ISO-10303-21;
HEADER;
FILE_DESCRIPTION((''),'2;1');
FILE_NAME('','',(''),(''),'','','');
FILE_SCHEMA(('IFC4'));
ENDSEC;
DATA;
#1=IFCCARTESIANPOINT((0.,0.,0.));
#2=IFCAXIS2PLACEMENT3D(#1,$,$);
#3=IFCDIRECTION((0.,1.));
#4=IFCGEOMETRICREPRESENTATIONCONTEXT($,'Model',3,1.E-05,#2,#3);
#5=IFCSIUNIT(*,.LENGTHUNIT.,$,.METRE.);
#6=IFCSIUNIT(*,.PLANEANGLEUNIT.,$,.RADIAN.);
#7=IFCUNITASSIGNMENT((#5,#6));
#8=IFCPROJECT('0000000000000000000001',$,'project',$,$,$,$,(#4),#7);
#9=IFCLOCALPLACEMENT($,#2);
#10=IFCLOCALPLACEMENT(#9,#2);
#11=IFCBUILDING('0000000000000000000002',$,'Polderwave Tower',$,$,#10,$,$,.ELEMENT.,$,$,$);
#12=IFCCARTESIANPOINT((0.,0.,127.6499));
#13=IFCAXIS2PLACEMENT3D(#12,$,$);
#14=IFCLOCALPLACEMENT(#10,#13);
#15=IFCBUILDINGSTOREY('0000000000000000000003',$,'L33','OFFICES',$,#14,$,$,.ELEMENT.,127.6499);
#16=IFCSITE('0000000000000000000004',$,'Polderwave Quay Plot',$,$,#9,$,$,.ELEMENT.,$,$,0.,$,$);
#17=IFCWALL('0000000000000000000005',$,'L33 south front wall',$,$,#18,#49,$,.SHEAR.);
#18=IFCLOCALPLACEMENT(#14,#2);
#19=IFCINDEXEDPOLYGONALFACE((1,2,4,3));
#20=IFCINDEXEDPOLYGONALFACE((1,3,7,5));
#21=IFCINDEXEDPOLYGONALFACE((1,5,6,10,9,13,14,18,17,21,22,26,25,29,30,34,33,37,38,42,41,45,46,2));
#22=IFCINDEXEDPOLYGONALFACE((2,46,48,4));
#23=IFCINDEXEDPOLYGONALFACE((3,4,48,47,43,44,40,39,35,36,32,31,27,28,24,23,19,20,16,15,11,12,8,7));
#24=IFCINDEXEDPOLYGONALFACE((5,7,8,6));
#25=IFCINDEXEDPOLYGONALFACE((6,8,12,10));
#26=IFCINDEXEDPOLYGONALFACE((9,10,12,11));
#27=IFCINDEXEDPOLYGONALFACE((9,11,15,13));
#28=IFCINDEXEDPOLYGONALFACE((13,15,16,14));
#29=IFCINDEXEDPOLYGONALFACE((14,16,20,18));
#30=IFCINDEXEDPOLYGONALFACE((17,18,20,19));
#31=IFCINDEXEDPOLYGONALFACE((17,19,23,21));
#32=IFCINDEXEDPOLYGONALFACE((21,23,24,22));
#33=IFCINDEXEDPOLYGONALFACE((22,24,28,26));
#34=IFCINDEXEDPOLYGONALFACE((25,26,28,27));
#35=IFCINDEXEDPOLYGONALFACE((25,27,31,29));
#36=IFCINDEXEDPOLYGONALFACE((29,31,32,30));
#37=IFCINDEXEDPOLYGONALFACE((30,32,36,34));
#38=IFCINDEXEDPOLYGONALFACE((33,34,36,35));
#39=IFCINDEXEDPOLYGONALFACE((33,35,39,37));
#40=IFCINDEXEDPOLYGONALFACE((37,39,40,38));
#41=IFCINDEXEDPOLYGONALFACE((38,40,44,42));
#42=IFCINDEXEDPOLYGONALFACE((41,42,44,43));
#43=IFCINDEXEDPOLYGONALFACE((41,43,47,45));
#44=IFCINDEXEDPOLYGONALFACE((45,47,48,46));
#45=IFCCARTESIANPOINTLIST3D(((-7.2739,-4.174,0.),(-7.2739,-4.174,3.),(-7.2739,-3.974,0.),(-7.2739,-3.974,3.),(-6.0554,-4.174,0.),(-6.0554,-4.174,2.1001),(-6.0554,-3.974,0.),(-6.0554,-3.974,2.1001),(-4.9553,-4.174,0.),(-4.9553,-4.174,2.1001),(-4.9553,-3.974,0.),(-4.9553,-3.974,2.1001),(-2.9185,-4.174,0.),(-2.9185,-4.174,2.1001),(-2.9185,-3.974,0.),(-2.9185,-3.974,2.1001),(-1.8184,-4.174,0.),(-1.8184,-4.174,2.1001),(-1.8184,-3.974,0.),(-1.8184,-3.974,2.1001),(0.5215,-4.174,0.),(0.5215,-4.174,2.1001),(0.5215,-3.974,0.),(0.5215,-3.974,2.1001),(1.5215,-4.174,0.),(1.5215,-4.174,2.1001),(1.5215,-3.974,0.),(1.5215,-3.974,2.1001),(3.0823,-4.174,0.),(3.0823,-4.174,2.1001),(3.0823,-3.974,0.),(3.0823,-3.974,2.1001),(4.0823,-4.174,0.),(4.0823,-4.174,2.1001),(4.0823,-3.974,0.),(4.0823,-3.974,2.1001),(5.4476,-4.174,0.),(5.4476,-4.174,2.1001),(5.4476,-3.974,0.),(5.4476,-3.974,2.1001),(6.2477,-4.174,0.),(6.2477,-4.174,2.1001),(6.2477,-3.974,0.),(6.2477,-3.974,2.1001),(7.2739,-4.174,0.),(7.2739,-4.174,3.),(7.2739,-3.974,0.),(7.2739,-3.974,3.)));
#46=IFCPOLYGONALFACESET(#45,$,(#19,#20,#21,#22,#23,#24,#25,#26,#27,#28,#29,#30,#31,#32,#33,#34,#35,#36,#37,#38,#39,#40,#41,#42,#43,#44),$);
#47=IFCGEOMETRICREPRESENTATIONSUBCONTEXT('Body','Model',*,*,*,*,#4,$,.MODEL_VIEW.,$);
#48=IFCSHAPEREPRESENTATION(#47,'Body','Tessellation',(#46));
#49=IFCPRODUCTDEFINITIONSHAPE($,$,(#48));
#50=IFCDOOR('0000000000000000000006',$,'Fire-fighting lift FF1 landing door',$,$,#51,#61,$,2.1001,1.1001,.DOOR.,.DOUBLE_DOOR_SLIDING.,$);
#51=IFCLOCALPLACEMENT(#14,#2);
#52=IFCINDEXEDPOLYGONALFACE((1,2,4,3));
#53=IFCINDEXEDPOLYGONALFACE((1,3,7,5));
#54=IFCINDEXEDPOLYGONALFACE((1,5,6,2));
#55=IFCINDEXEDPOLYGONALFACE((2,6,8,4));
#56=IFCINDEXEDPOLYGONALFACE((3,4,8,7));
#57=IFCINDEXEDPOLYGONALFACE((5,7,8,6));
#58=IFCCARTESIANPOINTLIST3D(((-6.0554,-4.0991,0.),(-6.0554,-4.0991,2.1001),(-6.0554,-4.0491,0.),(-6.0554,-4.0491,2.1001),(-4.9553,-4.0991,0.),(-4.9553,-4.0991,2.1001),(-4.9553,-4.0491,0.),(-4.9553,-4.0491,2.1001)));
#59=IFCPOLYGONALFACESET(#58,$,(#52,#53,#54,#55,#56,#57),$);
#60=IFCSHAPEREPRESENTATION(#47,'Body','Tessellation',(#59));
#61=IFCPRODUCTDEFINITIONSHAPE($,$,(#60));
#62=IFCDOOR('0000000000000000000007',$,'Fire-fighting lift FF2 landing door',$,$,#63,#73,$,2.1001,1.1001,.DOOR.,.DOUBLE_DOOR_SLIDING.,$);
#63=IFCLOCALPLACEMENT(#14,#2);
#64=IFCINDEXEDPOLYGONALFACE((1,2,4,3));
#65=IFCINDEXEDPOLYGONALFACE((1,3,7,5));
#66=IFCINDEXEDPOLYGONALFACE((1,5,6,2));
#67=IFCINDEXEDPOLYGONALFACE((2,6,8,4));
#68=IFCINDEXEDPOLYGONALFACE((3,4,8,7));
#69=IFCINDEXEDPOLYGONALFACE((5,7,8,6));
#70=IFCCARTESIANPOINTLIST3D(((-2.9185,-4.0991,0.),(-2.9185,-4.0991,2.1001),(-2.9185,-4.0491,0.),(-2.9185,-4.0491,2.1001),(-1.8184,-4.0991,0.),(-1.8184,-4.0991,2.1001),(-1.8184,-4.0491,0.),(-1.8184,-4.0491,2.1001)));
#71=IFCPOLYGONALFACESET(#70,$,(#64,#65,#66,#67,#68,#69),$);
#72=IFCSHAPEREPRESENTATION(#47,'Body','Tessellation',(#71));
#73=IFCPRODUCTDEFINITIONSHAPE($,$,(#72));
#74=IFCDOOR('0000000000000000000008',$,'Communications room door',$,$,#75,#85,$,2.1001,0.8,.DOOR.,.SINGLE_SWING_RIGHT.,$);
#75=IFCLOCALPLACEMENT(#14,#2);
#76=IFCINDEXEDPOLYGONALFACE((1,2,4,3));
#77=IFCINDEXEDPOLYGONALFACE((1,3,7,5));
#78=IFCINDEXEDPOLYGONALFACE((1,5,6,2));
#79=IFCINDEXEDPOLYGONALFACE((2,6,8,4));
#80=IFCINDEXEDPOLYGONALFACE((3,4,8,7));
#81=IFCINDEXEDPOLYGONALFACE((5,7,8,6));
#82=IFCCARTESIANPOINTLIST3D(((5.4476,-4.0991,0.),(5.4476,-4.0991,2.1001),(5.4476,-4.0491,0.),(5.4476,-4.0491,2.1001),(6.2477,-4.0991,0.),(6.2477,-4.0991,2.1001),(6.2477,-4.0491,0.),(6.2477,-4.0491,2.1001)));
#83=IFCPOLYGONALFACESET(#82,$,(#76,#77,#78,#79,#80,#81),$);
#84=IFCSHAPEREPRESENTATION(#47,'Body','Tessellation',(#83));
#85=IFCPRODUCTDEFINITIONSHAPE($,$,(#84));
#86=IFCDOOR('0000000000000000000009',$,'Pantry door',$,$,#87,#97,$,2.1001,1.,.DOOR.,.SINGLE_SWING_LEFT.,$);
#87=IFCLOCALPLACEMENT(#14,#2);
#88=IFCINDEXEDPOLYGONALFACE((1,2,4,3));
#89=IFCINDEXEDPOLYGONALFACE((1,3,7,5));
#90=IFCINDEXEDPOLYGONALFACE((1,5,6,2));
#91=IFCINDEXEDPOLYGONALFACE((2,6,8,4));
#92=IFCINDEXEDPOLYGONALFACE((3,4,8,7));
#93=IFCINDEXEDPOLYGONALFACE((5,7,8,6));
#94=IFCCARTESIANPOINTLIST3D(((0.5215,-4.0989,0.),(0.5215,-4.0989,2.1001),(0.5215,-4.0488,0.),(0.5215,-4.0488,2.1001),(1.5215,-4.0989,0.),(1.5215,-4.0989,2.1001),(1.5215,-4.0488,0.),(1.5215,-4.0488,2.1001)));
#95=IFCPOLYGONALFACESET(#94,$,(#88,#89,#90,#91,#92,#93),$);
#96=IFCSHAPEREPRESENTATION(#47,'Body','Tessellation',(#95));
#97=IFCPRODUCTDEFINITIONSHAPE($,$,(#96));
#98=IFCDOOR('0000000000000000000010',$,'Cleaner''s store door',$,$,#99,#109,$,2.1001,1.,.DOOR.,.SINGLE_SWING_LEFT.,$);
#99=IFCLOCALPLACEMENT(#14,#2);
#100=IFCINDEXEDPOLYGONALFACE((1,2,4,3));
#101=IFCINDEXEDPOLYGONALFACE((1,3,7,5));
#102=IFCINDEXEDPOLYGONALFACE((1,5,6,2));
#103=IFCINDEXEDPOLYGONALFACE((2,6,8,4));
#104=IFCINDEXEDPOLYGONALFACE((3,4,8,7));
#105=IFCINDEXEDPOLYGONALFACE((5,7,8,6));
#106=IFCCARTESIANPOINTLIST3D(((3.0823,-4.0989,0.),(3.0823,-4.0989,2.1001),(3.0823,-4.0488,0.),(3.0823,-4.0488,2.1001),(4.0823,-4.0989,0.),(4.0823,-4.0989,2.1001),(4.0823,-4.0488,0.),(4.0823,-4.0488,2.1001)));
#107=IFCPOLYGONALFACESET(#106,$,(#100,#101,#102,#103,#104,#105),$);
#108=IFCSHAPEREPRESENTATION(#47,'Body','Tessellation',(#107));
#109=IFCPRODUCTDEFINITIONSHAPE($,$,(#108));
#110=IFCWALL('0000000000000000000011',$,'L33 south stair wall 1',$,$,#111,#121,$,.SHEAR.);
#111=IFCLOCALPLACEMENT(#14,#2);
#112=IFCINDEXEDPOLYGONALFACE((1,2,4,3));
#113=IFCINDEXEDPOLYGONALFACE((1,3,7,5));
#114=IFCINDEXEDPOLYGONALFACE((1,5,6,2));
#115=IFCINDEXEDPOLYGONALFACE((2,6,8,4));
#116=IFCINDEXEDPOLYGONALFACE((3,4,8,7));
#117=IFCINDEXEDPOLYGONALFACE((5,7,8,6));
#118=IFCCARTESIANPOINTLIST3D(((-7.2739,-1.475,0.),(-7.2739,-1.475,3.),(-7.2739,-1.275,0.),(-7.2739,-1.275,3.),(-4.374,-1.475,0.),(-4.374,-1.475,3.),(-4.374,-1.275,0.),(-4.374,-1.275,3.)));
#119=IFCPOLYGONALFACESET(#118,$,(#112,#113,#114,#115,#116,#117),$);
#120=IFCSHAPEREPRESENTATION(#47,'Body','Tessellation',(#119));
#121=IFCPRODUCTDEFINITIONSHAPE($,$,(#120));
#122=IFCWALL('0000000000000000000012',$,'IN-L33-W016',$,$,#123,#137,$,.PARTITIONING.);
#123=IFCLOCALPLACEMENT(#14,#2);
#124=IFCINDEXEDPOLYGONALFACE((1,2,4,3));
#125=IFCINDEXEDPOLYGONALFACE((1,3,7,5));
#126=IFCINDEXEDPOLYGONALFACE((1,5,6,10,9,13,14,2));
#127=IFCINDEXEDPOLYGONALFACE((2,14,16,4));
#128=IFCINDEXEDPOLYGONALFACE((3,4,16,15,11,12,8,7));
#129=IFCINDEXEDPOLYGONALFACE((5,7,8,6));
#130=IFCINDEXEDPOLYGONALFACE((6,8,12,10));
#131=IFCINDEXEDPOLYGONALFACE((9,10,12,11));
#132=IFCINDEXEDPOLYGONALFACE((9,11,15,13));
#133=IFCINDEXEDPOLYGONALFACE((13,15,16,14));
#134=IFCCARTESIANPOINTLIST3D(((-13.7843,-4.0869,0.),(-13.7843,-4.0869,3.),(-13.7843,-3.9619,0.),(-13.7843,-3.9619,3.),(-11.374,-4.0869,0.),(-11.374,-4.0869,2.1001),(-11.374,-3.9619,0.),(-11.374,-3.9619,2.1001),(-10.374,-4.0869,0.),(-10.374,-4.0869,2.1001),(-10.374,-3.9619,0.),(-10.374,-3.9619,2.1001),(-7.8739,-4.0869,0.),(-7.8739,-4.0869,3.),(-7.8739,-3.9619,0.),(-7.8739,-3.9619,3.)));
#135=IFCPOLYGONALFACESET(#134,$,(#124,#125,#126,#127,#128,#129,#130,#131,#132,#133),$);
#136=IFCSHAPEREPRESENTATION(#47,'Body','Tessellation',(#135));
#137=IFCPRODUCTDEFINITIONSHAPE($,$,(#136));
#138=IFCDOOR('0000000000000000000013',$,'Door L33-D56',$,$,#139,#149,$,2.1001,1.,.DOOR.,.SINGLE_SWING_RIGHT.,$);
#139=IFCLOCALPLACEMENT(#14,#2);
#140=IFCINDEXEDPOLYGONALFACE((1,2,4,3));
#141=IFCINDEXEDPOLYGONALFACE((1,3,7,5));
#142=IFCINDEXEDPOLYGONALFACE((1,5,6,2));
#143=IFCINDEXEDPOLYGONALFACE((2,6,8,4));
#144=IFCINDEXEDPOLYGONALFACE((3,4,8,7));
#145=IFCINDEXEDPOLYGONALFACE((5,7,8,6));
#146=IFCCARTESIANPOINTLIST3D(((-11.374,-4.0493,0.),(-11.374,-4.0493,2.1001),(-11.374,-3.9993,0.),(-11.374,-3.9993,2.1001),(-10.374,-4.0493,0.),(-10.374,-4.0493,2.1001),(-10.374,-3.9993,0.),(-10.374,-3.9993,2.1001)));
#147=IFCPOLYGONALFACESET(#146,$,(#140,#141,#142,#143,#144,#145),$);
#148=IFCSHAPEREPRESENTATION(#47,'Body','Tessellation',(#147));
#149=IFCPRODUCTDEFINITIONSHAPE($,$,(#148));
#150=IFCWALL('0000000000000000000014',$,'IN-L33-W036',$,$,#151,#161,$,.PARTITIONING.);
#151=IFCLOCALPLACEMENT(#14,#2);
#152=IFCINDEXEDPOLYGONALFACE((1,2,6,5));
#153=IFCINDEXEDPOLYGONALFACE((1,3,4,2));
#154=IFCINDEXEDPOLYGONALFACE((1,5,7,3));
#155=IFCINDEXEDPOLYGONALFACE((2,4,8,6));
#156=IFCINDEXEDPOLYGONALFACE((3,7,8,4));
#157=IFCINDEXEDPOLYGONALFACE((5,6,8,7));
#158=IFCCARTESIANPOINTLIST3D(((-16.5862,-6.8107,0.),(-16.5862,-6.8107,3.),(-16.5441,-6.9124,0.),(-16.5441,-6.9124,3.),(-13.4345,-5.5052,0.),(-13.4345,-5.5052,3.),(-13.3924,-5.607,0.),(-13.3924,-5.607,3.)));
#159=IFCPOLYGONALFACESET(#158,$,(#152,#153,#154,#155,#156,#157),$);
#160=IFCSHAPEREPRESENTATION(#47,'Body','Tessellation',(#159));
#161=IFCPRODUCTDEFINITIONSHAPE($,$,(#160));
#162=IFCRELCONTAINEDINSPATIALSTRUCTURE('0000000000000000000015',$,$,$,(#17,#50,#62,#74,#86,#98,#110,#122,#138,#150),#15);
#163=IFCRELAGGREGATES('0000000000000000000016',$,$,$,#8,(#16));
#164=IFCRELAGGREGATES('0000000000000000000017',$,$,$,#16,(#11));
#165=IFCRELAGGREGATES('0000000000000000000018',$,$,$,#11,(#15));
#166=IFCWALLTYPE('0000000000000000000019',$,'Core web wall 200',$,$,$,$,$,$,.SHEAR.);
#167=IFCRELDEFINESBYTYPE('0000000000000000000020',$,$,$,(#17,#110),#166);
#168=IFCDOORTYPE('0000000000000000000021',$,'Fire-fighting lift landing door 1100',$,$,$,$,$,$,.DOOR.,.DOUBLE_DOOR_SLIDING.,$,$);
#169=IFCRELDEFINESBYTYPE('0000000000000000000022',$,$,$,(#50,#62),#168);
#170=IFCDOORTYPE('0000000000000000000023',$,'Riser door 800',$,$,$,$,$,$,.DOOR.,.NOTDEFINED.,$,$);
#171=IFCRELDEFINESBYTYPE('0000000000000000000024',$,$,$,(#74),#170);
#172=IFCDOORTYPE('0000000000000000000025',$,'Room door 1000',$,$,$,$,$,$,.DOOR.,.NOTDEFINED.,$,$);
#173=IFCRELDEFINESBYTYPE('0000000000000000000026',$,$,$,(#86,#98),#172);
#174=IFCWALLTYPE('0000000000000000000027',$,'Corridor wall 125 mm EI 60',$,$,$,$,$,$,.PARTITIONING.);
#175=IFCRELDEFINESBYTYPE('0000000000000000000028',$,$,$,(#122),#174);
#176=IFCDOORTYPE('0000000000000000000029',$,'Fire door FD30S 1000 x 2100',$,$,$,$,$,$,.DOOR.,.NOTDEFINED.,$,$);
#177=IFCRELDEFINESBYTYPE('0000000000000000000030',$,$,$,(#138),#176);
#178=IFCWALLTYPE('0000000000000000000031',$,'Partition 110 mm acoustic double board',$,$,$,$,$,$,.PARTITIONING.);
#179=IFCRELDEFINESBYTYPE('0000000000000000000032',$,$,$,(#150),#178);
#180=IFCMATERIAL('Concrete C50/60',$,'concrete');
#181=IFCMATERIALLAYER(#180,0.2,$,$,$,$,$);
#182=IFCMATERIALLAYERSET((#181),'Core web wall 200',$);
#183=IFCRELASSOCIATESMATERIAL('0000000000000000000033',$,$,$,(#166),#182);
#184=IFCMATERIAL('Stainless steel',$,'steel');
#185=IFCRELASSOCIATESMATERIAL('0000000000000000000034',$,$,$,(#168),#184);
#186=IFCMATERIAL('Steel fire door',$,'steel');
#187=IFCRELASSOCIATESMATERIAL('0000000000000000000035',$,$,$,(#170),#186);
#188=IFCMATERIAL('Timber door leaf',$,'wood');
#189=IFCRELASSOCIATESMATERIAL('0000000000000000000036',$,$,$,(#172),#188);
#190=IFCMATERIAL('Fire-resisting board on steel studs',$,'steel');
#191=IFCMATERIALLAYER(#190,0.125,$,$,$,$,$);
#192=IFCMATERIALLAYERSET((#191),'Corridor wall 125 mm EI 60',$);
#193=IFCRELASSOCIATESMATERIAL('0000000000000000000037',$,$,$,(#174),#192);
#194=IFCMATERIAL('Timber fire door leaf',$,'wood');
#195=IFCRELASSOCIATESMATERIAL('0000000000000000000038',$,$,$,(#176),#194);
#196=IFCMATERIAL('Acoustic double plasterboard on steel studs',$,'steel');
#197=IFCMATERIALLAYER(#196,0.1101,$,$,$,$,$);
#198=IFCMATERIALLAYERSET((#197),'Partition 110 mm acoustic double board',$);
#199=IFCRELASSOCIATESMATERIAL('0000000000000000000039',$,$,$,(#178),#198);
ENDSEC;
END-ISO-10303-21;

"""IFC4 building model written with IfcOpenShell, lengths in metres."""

from ifc_helpers import new_model, si_unit, direction, frame, frame_2d, origin, place, context, subcontext, project, spatial, rectangle, extrude, material, layer, layer_set, type_object, element, fill, save


model = new_model("IFC4")

# Units and contexts
model_context = context("Model", 3, precision=1e-05, world=origin(), true_north=direction((0.0, 1.0)))
body_context = subcontext(model_context, "Body", "Model", "MODEL_VIEW")
ifc_project = project(units=[si_unit("LENGTHUNIT", "METRE"), si_unit("PLANEANGLEUNIT", "RADIAN")], contexts=[model_context])

# Site, building, storey
site_placement = place(None, origin())
site = spatial("IfcSite", under=ifc_project, at=site_placement, Name="Polderwave Quay Plot", CompositionType="ELEMENT", RefElevation=0.0)
building_placement = place(site_placement, origin())
building = spatial("IfcBuilding", under=site, at=building_placement, Name="Polderwave Tower", CompositionType="ELEMENT")
storey_placement = place(building_placement, frame((0.0, 0.0, 127.6499)))
storey = spatial("IfcBuildingStorey", under=building, at=storey_placement, Name="L33", Description="OFFICES", CompositionType="ELEMENT", Elevation=127.6499)

# Wall, openings, doors
ifc_material_1 = material(Name="Steel fire door", Category="steel")
ifc_material_2 = material(Name="Concrete C50/60", Category="concrete")
ifc_layer_1 = layer(ifc_material_2, 0.2)
ifc_layer_set_1 = layer_set([ifc_layer_1], Name="Core web wall 200")
wall_type_1 = type_object("IfcWallType", Name="Core web wall 200", PredefinedType="SHEAR", material=ifc_layer_set_1)
wall_1_placement = place(storey_placement, frame((-7.2739, -4.074, 0.0), z_axis=(0.0, 0.0, 1.0), x_axis=(1.0, 0.0, 0.0)))
wall_1 = element("IfcWall", 1, at=wall_1_placement, inside=storey, type_object=wall_type_1, Name="L33 south front wall", PredefinedType="SHEAR", context=body_context, shape_type="SweptSolid", body=[
    extrude(rectangle(XDim=14.5479, YDim=0.2, at=frame_2d((7.2739, 0.0))), origin(), (0.0, 0.0, 1.0), 3.0),
])
opening_1_placement = place(wall_1_placement, frame((1.2185, 0.0, 0.0)))
opening_1 = element("IfcOpeningElement", 2, at=opening_1_placement, cuts=wall_1, PredefinedType="OPENING", context=body_context, shape_type="SweptSolid", body=[
    extrude(rectangle(XDim=1.1001, YDim=2.1001, at=frame_2d((0.55, 1.05))), frame((0.0, 0.1099, 0.0), z_axis=(0.0, -1.0, 0.0), x_axis=(1.0, 0.0, 0.0)), (0.0, 0.0, 1.0), 0.22),
])
opening_2_placement = place(wall_1_placement, frame((4.3555, 0.0, 0.0)))
opening_2 = element("IfcOpeningElement", 3, at=opening_2_placement, cuts=wall_1, PredefinedType="OPENING", context=body_context, shape_type="SweptSolid", body=[
    extrude(rectangle(XDim=1.1001, YDim=2.1001, at=frame_2d((0.55, 1.05))), frame((0.0, 0.1099, 0.0), z_axis=(0.0, -1.0, 0.0), x_axis=(1.0, 0.0, 0.0)), (0.0, 0.0, 1.0), 0.22),
])
opening_3_placement = place(wall_1_placement, frame((7.7954, 0.0, 0.0)))
opening_3 = element("IfcOpeningElement", 4, at=opening_3_placement, cuts=wall_1, PredefinedType="OPENING", context=body_context, shape_type="SweptSolid", body=[
    extrude(rectangle(XDim=1.0, YDim=2.1001, at=frame_2d((0.5, 1.05))), frame((0.0, 0.1099, 0.0), z_axis=(0.0, -1.0, 0.0), x_axis=(1.0, 0.0, 0.0)), (0.0, 0.0, 1.0), 0.22),
])
opening_4_placement = place(wall_1_placement, frame((10.3562, 0.0, 0.0)))
opening_4 = element("IfcOpeningElement", 5, at=opening_4_placement, cuts=wall_1, PredefinedType="OPENING", context=body_context, shape_type="SweptSolid", body=[
    extrude(rectangle(XDim=1.0, YDim=2.1001, at=frame_2d((0.5, 1.05))), frame((0.0, 0.1099, 0.0), z_axis=(0.0, -1.0, 0.0), x_axis=(1.0, 0.0, 0.0)), (0.0, 0.0, 1.0), 0.22),
])
opening_5_placement = place(wall_1_placement, frame((12.7217, 0.0, 0.0)))
opening_5 = element("IfcOpeningElement", 6, at=opening_5_placement, cuts=wall_1, PredefinedType="OPENING", context=body_context, shape_type="SweptSolid", body=[
    extrude(rectangle(XDim=0.8, YDim=2.1001, at=frame_2d((0.3999, 1.05))), frame((0.0, 0.1099, 0.0), z_axis=(0.0, -1.0, 0.0), x_axis=(1.0, 0.0, 0.0)), (0.0, 0.0, 1.0), 0.22),
])
ifc_material_3 = material(Name="Stainless steel", Category="steel")
door_type_1 = type_object("IfcDoorType", Name="Fire-fighting lift landing door 1100", OperationType="DOUBLE_DOOR_SLIDING", PredefinedType="DOOR", material=ifc_material_3)
door_1_placement = place(opening_1_placement, origin())
door_1 = element("IfcDoor", 7, at=door_1_placement, inside=storey, type_object=door_type_1, Name="Fire-fighting lift FF1 landing door", OperationType="DOUBLE_DOOR_SLIDING", OverallHeight=2.1001, OverallWidth=1.1001, PredefinedType="DOOR", context=body_context, shape_type="SweptSolid", body=[
    extrude(rectangle(XDim=1.1001, YDim=2.1001, at=frame_2d((0.55, 1.05))), frame((0.0, 0.0249, 0.0), z_axis=(0.0, -1.0, 0.0), x_axis=(1.0, 0.0, 0.0)), (0.0, 0.0, 1.0), 0.05),
])
fill(opening_1, door_1)
door_2_placement = place(opening_2_placement, origin())
door_2 = element("IfcDoor", 8, at=door_2_placement, inside=storey, type_object=door_type_1, Name="Fire-fighting lift FF2 landing door", OperationType="DOUBLE_DOOR_SLIDING", OverallHeight=2.1001, OverallWidth=1.1001, PredefinedType="DOOR", context=body_context, shape_type="SweptSolid", body=[
    extrude(rectangle(XDim=1.1001, YDim=2.1001, at=frame_2d((0.55, 1.05))), frame((0.0, 0.0249, 0.0), z_axis=(0.0, -1.0, 0.0), x_axis=(1.0, 0.0, 0.0)), (0.0, 0.0, 1.0), 0.05),
])
fill(opening_2, door_2)
door_type_2 = type_object("IfcDoorType", Name="Riser door 800", OperationType="NOTDEFINED", PredefinedType="DOOR", material=ifc_material_1)
door_3_placement = place(opening_5_placement, origin())
door_3 = element("IfcDoor", 9, at=door_3_placement, inside=storey, type_object=door_type_2, Name="Communications room door", OperationType="SINGLE_SWING_RIGHT", OverallHeight=2.1001, OverallWidth=0.8, PredefinedType="DOOR", context=body_context, shape_type="SweptSolid", body=[
    extrude(rectangle(XDim=0.8, YDim=2.1001, at=frame_2d((0.3999, 1.05))), frame((0.0, 0.0249, 0.0), z_axis=(0.0, -1.0, 0.0), x_axis=(1.0, 0.0, 0.0)), (0.0, 0.0, 1.0), 0.05),
])
fill(opening_5, door_3)
ifc_material_4 = material(Name="Timber door leaf", Category="wood")
door_type_3 = type_object("IfcDoorType", Name="Room door 1000", OperationType="NOTDEFINED", PredefinedType="DOOR", material=ifc_material_4)
door_4_placement = place(opening_3_placement, frame((1.0, 0.0, 0.0), z_axis=(0.0, 0.0, 1.0), x_axis=(-1.0, 0.0, 0.0)))
door_4 = element("IfcDoor", 10, at=door_4_placement, inside=storey, type_object=door_type_3, Name="Pantry door", OperationType="SINGLE_SWING_LEFT", OverallHeight=2.1001, OverallWidth=1.0, PredefinedType="DOOR", context=body_context, shape_type="SweptSolid", body=[
    extrude(rectangle(XDim=1.0, YDim=2.1001, at=frame_2d((0.5, 1.05))), frame((0.0, 0.0249, 0.0), z_axis=(0.0, -1.0, 0.0), x_axis=(1.0, 0.0, 0.0)), (0.0, 0.0, 1.0), 0.05),
])
fill(opening_3, door_4)
door_5_placement = place(opening_4_placement, frame((1.0, 0.0, 0.0), z_axis=(0.0, 0.0, 1.0), x_axis=(-1.0, 0.0, 0.0)))
door_5 = element("IfcDoor", 11, at=door_5_placement, inside=storey, type_object=door_type_3, Name="Cleaner's store door", OperationType="SINGLE_SWING_LEFT", OverallHeight=2.1001, OverallWidth=1.0, PredefinedType="DOOR", context=body_context, shape_type="SweptSolid", body=[
    extrude(rectangle(XDim=1.0, YDim=2.1001, at=frame_2d((0.5, 1.05))), frame((0.0, 0.0249, 0.0), z_axis=(0.0, -1.0, 0.0), x_axis=(1.0, 0.0, 0.0)), (0.0, 0.0, 1.0), 0.05),
])
fill(opening_4, door_5)

# Wall
wall_2_placement = place(storey_placement, frame((-7.2739, -1.375, 0.0), z_axis=(0.0, 0.0, 1.0), x_axis=(1.0, 0.0, 0.0)))
element("IfcWall", 12, at=wall_2_placement, inside=storey, type_object=wall_type_1, Name="L33 south stair wall 1", PredefinedType="SHEAR", context=body_context, shape_type="SweptSolid", body=[
    extrude(rectangle(XDim=2.8999, YDim=0.2, at=frame_2d((1.45, 0.0))), origin(), (0.0, 0.0, 1.0), 3.0),
])

# Wall, opening, door
ifc_material_5 = material(Name="Fire-resisting board on steel studs", Category="steel")
ifc_layer_2 = layer(ifc_material_5, 0.125)
ifc_layer_set_2 = layer_set([ifc_layer_2], Name="Corridor wall 125 mm EI 60")
wall_type_2 = type_object("IfcWallType", Name="Corridor wall 125 mm EI 60", PredefinedType="PARTITIONING", material=ifc_layer_set_2)
wall_3_placement = place(storey_placement, frame((-7.874, -4.0244, 0.0), z_axis=(0.0, 0.0, 1.0), x_axis=(-1.0, 0.0, 0.0)))
wall_3 = element("IfcWall", 13, at=wall_3_placement, inside=storey, type_object=wall_type_2, Name="IN-L33-W016", PredefinedType="PARTITIONING", context=body_context, shape_type="SweptSolid", body=[
    extrude(rectangle(XDim=5.9104, YDim=0.125, at=frame_2d((2.9551, 0.0))), origin(), (0.0, 0.0, 1.0), 3.0),
])
opening_6_placement = place(wall_3_placement, frame((2.5, 0.0, 0.0)))
opening_6 = element("IfcOpeningElement", 14, at=opening_6_placement, cuts=wall_3, PredefinedType="OPENING", context=body_context, shape_type="SweptSolid", body=[
    extrude(rectangle(XDim=1.0, YDim=2.1001, at=frame_2d((0.5, 1.05))), frame((0.0, 0.0725, 0.0), z_axis=(0.0, -1.0, 0.0), x_axis=(1.0, 0.0, 0.0)), (0.0, 0.0, 1.0), 0.145),
])
ifc_material_6 = material(Name="Timber fire door leaf", Category="wood")
door_type_4 = type_object("IfcDoorType", Name="Fire door FD30S 1000 x 2100", OperationType="NOTDEFINED", PredefinedType="DOOR", material=ifc_material_6)
door_6_placement = place(opening_6_placement, origin())
door_6 = element("IfcDoor", 15, at=door_6_placement, inside=storey, type_object=door_type_4, Name="Door L33-D56", OperationType="SINGLE_SWING_RIGHT", OverallHeight=2.1001, OverallWidth=1.0, PredefinedType="DOOR", context=body_context, shape_type="SweptSolid", body=[
    extrude(rectangle(XDim=1.0, YDim=2.1001, at=frame_2d((0.5, 1.05))), frame((0.0, 0.0249, 0.0), z_axis=(0.0, -1.0, 0.0), x_axis=(1.0, 0.0, 0.0)), (0.0, 0.0, 1.0), 0.05),
])
fill(opening_6, door_6)

# Wall
ifc_material_7 = material(Name="Acoustic double plasterboard on steel studs", Category="steel")
ifc_layer_3 = layer(ifc_material_7, 0.1101)
ifc_layer_set_3 = layer_set([ifc_layer_3], Name="Partition 110 mm acoustic double board")
wall_type_3 = type_object("IfcWallType", Name="Partition 110 mm acoustic double board", PredefinedType="PARTITIONING", material=ifc_layer_set_3)
wall_4_placement = place(storey_placement, frame((-13.4136, -5.5562, 0.0), z_axis=(0.0, 0.0, 1.0), x_axis=(-0.923882, -0.382678, 0.0)))
element("IfcWall", 16, at=wall_4_placement, inside=storey, type_object=wall_type_3, Name="IN-L33-W036", PredefinedType="PARTITIONING", context=body_context, shape_type="SweptSolid", body=[
    extrude(rectangle(XDim=3.4114, YDim=0.1101, at=frame_2d((1.7056, 0.0))), origin(), (0.0, 0.0, 1.0), 3.0),
])

save(model, "model.ifc")
